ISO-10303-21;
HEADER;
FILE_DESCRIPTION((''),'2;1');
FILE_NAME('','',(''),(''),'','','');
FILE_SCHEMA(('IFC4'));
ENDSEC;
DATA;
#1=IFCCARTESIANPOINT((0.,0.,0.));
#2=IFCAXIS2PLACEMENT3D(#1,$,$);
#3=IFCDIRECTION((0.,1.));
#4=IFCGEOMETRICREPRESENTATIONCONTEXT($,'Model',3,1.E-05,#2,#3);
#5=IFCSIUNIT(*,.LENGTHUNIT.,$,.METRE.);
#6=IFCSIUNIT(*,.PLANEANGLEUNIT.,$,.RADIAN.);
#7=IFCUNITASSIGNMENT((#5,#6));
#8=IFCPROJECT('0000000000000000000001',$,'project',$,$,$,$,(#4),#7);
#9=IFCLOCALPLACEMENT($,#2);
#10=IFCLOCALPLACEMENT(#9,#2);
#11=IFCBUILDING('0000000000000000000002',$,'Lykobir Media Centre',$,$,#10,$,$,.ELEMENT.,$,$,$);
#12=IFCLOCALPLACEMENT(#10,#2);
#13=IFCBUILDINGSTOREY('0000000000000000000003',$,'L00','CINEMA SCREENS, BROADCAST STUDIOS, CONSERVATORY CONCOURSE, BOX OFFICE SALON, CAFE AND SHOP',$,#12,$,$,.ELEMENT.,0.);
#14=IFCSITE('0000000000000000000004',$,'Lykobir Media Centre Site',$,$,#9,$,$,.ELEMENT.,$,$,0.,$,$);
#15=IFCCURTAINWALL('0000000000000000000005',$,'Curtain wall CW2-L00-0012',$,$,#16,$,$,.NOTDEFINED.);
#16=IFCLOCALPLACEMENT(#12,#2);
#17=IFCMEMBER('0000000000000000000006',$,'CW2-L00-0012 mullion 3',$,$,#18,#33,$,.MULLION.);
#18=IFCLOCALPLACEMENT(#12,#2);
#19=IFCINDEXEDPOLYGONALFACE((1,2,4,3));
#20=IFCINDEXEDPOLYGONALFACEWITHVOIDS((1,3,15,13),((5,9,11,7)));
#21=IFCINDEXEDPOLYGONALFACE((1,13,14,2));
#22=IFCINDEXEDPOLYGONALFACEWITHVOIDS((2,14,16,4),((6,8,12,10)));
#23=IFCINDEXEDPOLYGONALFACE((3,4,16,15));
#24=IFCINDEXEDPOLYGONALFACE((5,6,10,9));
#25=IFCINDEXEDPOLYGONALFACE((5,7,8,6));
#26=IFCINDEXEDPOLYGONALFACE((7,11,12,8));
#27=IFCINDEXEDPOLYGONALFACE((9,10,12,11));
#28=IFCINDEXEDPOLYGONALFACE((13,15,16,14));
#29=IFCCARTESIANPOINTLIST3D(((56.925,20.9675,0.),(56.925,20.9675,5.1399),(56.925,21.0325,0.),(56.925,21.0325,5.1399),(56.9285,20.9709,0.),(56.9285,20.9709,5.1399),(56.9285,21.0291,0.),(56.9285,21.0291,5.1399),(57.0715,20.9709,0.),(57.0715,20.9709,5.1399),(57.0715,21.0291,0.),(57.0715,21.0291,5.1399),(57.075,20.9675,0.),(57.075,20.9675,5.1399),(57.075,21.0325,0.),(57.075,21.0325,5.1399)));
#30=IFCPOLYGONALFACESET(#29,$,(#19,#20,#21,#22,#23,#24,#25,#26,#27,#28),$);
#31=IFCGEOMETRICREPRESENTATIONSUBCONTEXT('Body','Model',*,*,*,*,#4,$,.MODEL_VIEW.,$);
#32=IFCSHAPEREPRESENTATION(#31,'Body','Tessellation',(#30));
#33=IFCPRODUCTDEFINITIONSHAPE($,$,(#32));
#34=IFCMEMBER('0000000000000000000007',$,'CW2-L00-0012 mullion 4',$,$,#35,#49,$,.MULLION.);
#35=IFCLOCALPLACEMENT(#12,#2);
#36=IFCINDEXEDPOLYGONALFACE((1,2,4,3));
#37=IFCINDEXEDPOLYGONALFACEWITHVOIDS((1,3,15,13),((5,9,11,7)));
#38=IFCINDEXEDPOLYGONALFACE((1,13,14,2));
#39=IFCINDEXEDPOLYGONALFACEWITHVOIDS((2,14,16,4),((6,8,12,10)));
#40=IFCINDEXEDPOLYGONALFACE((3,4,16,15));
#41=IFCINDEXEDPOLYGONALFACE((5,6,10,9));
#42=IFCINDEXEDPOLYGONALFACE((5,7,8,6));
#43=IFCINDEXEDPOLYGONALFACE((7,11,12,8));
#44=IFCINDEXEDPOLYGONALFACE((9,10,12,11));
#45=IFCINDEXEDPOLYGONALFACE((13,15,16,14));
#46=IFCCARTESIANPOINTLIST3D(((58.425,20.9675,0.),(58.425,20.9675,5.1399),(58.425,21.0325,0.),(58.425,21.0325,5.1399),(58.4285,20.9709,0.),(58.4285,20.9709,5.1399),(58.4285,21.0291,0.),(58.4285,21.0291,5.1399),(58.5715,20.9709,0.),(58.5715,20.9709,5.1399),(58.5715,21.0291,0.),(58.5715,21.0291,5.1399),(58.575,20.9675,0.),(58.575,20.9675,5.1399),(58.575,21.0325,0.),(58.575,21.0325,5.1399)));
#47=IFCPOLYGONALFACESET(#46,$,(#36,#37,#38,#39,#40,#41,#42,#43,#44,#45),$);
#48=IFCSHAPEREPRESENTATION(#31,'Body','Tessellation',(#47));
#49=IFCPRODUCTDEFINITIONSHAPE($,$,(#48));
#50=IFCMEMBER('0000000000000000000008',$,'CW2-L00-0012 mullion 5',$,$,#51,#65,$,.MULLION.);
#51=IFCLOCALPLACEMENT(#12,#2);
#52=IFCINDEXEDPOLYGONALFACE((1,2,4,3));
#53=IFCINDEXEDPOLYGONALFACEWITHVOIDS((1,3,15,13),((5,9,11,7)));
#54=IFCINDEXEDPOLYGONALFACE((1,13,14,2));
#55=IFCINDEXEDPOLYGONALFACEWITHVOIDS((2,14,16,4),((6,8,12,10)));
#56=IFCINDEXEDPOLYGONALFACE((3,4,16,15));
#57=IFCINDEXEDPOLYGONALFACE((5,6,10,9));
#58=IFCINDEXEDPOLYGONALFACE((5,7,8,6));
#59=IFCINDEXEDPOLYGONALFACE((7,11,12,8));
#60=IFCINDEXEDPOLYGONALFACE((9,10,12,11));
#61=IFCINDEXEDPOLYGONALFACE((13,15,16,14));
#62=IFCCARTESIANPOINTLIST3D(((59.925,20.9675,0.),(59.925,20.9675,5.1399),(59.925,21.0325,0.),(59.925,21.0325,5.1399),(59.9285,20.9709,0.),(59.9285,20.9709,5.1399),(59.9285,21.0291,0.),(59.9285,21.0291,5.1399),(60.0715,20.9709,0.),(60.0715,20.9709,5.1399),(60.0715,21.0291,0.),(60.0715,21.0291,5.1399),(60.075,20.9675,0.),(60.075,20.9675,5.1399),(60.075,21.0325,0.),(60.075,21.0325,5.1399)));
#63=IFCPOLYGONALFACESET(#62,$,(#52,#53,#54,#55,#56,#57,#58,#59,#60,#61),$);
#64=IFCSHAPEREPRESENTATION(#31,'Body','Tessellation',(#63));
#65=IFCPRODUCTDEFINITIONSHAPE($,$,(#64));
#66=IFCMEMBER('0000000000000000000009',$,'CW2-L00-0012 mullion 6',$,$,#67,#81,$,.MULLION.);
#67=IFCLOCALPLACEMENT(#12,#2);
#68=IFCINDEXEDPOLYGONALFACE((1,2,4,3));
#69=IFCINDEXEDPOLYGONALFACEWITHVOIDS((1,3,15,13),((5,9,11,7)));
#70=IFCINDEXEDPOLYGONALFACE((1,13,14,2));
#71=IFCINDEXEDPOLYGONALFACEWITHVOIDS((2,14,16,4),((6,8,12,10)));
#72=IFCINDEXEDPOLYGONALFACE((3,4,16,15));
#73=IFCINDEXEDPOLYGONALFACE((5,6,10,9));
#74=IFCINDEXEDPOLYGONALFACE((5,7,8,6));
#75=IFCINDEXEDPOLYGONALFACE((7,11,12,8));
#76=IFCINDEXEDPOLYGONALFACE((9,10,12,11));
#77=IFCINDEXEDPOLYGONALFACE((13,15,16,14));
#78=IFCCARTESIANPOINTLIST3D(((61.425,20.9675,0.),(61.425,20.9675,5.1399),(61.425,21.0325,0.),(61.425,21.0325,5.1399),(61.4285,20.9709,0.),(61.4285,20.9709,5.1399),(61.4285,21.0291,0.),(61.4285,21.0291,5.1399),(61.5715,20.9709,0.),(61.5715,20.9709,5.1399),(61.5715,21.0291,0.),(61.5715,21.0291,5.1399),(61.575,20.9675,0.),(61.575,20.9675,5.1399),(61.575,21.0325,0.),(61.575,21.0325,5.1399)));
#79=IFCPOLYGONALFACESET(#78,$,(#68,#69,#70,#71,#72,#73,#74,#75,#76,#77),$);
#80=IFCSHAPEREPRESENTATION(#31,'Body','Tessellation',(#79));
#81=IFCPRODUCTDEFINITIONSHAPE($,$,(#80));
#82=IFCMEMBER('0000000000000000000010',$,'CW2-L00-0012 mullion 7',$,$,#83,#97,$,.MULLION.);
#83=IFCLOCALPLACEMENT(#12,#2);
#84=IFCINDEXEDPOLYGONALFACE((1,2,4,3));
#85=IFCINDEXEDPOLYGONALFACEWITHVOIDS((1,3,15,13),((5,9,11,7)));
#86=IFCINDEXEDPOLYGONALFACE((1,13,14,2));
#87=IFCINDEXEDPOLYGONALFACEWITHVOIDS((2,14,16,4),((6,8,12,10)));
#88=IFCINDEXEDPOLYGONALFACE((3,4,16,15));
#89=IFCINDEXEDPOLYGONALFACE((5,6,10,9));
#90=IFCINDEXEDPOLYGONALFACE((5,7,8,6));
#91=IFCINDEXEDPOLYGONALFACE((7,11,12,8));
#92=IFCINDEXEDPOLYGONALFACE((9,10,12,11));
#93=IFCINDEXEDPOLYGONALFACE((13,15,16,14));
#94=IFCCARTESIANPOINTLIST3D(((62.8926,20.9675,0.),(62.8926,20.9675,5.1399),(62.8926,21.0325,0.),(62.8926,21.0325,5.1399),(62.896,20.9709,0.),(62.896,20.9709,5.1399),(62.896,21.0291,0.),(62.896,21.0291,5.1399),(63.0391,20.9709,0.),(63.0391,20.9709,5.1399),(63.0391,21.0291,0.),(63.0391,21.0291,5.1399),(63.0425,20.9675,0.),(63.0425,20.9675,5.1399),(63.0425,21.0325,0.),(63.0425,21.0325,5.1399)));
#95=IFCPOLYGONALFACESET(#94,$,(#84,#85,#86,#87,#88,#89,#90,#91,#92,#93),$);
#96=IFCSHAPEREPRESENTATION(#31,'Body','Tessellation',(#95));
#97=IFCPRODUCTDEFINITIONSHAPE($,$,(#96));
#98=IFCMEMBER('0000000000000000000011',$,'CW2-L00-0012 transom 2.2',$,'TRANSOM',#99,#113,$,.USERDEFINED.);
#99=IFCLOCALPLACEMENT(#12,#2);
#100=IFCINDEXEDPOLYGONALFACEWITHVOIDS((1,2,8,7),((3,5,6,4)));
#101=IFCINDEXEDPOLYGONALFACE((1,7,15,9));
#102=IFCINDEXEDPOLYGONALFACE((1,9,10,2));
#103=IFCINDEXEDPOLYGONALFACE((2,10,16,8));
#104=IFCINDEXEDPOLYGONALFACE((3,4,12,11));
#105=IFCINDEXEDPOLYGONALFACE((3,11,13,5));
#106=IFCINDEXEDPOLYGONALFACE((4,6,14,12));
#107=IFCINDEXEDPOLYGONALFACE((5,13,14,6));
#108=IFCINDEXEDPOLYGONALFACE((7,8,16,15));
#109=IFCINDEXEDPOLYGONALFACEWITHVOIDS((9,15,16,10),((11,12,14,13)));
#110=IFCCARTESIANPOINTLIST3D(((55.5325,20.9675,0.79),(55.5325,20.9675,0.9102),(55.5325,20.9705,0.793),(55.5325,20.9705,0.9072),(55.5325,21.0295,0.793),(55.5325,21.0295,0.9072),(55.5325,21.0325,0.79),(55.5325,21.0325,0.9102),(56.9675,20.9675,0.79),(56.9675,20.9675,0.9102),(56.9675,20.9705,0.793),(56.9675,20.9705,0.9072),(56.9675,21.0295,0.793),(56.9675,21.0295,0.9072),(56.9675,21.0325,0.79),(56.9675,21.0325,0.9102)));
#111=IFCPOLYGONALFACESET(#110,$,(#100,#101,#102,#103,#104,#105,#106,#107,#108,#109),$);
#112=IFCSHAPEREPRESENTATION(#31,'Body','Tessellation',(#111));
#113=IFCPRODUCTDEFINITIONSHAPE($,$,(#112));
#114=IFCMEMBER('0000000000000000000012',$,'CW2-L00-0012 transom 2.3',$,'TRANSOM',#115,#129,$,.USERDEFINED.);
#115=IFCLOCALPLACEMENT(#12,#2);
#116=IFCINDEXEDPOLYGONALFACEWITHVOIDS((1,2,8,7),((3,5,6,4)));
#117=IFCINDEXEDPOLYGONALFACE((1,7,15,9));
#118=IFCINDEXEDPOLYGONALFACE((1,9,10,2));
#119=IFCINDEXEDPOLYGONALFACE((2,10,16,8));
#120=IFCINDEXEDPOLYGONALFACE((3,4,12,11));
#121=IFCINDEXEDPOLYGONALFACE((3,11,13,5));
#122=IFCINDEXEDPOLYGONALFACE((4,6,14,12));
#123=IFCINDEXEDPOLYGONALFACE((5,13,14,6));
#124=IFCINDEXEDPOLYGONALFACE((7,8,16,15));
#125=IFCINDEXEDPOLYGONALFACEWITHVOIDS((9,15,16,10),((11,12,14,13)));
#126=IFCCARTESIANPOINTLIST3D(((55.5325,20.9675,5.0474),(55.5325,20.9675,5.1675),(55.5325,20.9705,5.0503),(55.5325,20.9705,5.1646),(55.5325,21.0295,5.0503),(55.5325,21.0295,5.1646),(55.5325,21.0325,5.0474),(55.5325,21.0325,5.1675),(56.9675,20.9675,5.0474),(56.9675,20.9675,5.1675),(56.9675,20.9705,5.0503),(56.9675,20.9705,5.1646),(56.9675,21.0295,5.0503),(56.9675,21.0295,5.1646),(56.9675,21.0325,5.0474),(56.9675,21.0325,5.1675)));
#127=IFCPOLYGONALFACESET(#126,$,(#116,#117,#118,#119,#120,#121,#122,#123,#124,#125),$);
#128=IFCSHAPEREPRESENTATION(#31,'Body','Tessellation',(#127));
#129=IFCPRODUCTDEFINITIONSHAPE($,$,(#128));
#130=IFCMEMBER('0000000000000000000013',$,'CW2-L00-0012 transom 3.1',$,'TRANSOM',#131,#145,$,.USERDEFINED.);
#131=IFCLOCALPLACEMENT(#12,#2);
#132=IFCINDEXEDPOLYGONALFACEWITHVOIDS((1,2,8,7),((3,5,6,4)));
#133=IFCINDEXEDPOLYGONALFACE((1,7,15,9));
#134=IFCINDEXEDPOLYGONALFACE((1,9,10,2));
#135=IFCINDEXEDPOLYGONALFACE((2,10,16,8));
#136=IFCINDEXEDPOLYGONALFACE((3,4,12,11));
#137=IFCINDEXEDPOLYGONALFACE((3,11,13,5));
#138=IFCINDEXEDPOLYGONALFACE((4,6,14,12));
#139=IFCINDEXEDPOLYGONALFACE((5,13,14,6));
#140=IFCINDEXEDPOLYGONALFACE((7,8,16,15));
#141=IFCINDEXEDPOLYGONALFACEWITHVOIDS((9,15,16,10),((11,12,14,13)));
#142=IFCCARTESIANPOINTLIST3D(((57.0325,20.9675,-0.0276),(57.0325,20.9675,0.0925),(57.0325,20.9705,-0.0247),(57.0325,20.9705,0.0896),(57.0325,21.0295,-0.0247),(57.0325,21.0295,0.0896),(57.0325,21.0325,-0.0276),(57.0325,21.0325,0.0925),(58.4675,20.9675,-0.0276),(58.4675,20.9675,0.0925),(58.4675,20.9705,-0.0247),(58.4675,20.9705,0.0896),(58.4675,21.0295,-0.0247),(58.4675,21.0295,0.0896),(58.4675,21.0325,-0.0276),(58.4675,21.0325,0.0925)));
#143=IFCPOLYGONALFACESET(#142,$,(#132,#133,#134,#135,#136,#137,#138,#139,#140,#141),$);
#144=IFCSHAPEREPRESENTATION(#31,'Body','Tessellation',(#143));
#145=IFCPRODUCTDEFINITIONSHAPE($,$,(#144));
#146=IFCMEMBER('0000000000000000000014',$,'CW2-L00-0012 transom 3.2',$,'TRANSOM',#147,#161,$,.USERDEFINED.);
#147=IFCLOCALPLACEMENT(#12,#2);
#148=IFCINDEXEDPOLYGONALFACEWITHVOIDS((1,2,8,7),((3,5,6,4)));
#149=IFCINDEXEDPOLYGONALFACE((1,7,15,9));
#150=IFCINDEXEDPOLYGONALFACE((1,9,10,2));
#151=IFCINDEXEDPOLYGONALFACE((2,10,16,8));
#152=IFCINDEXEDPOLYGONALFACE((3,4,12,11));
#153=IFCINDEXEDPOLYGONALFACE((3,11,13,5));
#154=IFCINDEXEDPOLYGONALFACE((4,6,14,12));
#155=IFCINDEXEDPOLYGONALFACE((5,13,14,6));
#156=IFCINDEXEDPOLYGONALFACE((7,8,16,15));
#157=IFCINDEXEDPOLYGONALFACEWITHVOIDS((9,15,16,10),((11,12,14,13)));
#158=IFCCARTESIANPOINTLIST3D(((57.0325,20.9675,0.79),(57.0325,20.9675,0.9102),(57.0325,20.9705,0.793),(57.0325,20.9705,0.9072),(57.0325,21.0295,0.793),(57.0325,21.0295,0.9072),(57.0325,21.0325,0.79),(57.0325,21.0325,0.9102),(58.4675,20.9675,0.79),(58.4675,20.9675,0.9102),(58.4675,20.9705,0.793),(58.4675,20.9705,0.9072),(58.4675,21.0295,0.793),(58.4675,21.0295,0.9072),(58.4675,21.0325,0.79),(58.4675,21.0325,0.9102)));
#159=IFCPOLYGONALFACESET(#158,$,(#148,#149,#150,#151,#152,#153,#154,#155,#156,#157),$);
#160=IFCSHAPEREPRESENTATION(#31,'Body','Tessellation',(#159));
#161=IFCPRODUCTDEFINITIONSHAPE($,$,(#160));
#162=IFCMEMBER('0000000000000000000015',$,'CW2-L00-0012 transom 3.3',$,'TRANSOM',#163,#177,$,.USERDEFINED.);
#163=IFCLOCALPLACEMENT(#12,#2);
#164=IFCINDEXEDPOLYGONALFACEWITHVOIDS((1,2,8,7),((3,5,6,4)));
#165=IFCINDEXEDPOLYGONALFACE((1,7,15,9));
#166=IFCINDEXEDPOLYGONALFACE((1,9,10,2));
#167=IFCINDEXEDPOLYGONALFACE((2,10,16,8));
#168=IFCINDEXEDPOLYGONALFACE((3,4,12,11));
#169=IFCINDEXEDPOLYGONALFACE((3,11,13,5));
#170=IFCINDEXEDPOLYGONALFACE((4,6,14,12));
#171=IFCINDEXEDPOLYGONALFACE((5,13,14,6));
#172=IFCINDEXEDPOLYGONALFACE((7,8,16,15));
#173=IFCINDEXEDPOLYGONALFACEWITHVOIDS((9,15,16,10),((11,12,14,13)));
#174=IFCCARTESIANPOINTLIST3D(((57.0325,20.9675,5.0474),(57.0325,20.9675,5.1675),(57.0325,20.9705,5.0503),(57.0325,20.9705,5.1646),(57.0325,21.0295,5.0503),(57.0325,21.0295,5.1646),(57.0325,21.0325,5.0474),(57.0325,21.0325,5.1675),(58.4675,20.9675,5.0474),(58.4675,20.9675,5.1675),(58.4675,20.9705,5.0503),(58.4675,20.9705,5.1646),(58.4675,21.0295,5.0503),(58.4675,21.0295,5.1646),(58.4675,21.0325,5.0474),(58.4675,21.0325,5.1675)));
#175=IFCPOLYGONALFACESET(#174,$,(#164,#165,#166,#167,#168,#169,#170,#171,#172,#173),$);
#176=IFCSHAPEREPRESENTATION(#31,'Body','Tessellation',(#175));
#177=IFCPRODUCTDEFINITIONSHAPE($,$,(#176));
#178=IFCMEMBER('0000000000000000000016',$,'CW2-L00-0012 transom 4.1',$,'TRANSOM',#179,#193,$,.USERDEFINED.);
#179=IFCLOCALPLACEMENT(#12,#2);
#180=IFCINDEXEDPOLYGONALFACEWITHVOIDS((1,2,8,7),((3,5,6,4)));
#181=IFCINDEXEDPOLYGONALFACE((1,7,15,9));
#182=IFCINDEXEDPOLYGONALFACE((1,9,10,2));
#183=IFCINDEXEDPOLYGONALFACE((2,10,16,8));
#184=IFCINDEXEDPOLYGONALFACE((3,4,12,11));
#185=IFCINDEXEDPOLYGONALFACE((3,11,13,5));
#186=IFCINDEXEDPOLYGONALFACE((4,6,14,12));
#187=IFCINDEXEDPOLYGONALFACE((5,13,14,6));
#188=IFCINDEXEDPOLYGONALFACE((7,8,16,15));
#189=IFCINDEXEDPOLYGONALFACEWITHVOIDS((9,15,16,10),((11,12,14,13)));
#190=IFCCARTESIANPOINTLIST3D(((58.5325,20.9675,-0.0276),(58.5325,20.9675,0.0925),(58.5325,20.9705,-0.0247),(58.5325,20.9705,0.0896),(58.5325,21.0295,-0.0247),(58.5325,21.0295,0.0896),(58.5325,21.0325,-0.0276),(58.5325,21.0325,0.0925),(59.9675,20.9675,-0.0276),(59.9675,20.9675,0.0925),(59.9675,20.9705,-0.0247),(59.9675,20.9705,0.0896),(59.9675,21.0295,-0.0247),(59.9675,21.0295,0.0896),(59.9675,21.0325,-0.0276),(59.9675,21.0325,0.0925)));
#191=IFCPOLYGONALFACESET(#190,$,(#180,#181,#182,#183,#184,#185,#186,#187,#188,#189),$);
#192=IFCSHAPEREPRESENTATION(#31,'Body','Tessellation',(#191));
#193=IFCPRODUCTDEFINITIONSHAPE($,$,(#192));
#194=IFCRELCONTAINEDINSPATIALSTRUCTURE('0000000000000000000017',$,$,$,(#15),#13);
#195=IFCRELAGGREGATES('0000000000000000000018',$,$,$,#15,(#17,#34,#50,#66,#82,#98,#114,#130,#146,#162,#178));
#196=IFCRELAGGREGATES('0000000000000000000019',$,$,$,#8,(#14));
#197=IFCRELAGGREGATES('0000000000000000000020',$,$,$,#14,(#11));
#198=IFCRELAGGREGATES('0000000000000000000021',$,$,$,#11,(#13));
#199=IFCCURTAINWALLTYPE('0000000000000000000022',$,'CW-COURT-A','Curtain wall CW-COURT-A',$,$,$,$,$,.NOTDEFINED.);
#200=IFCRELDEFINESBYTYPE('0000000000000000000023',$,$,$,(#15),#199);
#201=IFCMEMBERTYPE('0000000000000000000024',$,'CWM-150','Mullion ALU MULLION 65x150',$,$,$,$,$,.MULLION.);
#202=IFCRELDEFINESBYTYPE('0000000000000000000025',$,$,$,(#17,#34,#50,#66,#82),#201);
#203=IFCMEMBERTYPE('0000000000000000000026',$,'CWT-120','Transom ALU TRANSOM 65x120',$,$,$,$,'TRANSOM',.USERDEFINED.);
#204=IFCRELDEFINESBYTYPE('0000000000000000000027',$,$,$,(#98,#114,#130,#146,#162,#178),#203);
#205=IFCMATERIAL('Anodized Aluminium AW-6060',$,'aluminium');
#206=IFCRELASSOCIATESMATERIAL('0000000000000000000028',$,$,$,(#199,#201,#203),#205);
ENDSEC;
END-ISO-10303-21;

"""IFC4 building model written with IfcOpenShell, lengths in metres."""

from ifc_helpers import new_model, si_unit, direction, frame, origin, origin_2d, place, context, subcontext, project, spatial, hollow_rectangle, extrude, material, material_profile, profile_set, type_object, element, aggregate, save


model = new_model("IFC4")

# Units and contexts
model_context = context("Model", 3, precision=1e-05, world=origin(), true_north=direction((0.0, 1.0)))
body_context = subcontext(model_context, "Body", "Model", "MODEL_VIEW")
ifc_project = project(units=[si_unit("LENGTHUNIT", "METRE"), si_unit("PLANEANGLEUNIT", "RADIAN")], contexts=[model_context])

# Site, building, storey
site_placement = place(None, origin())
site = spatial("IfcSite", under=ifc_project, at=site_placement, Name="Lykobir Media Centre Site", CompositionType="ELEMENT", RefElevation=0.0)
building_placement = place(site_placement, origin())
building = spatial("IfcBuilding", under=site, at=building_placement, Name="Lykobir Media Centre", CompositionType="ELEMENT")
storey_placement = place(building_placement, origin())
storey = spatial("IfcBuildingStorey", under=building, at=storey_placement, Name="L00", Description="CINEMA SCREENS, BROADCAST STUDIOS, CONSERVATORY CONCOURSE, BOX OFFICE SALON, CAFE AND SHOP", CompositionType="ELEMENT", Elevation=0.0)

# Curtain wall, members
ifc_material_1 = material(Name="Anodized Aluminium AW-6060", Category="aluminium")
curtain_wall_type = type_object("IfcCurtainWallType", Name="CW-COURT-A", Description="Curtain wall CW-COURT-A", PredefinedType="NOTDEFINED", material=ifc_material_1)
curtain_wall_placement = place(storey_placement, origin())
curtain_wall = element("IfcCurtainWall", 1, at=curtain_wall_placement, inside=storey, type_object=curtain_wall_type, Name="Curtain wall CW2-L00-0012", PredefinedType="NOTDEFINED")
ifc_material_profile_1 = material_profile(ifc_material_1, hollow_rectangle(XDim=0.0649, YDim=0.1499, WallThickness=0.0034, at=origin_2d()), Name="ALU MULLION 65x150")
ifc_profile_set_1 = profile_set([ifc_material_profile_1], Name="Anodized Aluminium AW-6060")
member_type_1 = type_object("IfcMemberType", Name="CWM-150", Description="Mullion ALU MULLION 65x150", PredefinedType="MULLION", material=ifc_profile_set_1)
member_1_placement = place(storey_placement, frame((57.0, 21.0, 0.0), z_axis=(0.0, 0.0, 1.0), x_axis=(0.0, 1.0, 0.0)))
member_1 = element("IfcMember", 2, at=member_1_placement, type_object=member_type_1, Name="CW2-L00-0012 mullion 3", PredefinedType="MULLION", context=body_context, shape_type="SweptSolid", body=[
    extrude(hollow_rectangle(XDim=0.0649, YDim=0.1499, WallThickness=0.0034, at=origin_2d()), origin(), (0.0, 0.0, 1.0), 5.1399),
])
member_2_placement = place(storey_placement, frame((58.5, 21.0, 0.0), z_axis=(0.0, 0.0, 1.0), x_axis=(0.0, 1.0, 0.0)))
member_2 = element("IfcMember", 3, at=member_2_placement, type_object=member_type_1, Name="CW2-L00-0012 mullion 4", PredefinedType="MULLION", context=body_context, shape_type="SweptSolid", body=[
    extrude(hollow_rectangle(XDim=0.0649, YDim=0.1499, WallThickness=0.0034, at=origin_2d()), origin(), (0.0, 0.0, 1.0), 5.1399),
])
member_3_placement = place(storey_placement, frame((60.0, 21.0, 0.0), z_axis=(0.0, 0.0, 1.0), x_axis=(0.0, 1.0, 0.0)))
member_3 = element("IfcMember", 4, at=member_3_placement, type_object=member_type_1, Name="CW2-L00-0012 mullion 5", PredefinedType="MULLION", context=body_context, shape_type="SweptSolid", body=[
    extrude(hollow_rectangle(XDim=0.0649, YDim=0.1499, WallThickness=0.0034, at=origin_2d()), origin(), (0.0, 0.0, 1.0), 5.1399),
])
member_4_placement = place(storey_placement, frame((61.5, 21.0, 0.0), z_axis=(0.0, 0.0, 1.0), x_axis=(0.0, 1.0, 0.0)))
member_4 = element("IfcMember", 5, at=member_4_placement, type_object=member_type_1, Name="CW2-L00-0012 mullion 6", PredefinedType="MULLION", context=body_context, shape_type="SweptSolid", body=[
    extrude(hollow_rectangle(XDim=0.0649, YDim=0.1499, WallThickness=0.0034, at=origin_2d()), origin(), (0.0, 0.0, 1.0), 5.1399),
])
member_5_placement = place(storey_placement, frame((62.9675, 21.0, 0.0), z_axis=(0.0, 0.0, 1.0), x_axis=(0.0, 1.0, 0.0)))
member_5 = element("IfcMember", 6, at=member_5_placement, type_object=member_type_1, Name="CW2-L00-0012 mullion 7", PredefinedType="MULLION", context=body_context, shape_type="SweptSolid", body=[
    extrude(hollow_rectangle(XDim=0.0649, YDim=0.1499, WallThickness=0.0034, at=origin_2d()), origin(), (0.0, 0.0, 1.0), 5.1399),
])
ifc_material_profile_2 = material_profile(ifc_material_1, hollow_rectangle(XDim=0.0649, YDim=0.1201, WallThickness=0.0029, at=origin_2d()), Name="ALU TRANSOM 65x120")
ifc_profile_set_2 = profile_set([ifc_material_profile_2], Name="Anodized Aluminium AW-6060")
member_type_2 = type_object("IfcMemberType", Name="CWT-120", Description="Transom ALU TRANSOM 65x120", ElementType="TRANSOM", PredefinedType="USERDEFINED", material=ifc_profile_set_2)
member_6_placement = place(storey_placement, frame((55.5325, 21.0, 0.8501), z_axis=(1.0, 0.0, 0.0), x_axis=(0.0, 1.0, 0.0)))
member_6 = element("IfcMember", 7, at=member_6_placement, type_object=member_type_2, Name="CW2-L00-0012 transom 2.2", ObjectType="TRANSOM", PredefinedType="USERDEFINED", context=body_context, shape_type="SweptSolid", body=[
    extrude(hollow_rectangle(XDim=0.0649, YDim=0.1201, WallThickness=0.0029, at=origin_2d()), origin(), (0.0, 0.0, 1.0), 1.4351),
])
member_7_placement = place(storey_placement, frame((55.5325, 21.0, 5.1074), z_axis=(1.0, 0.0, 0.0), x_axis=(0.0, 1.0, 0.0)))
member_7 = element("IfcMember", 8, at=member_7_placement, type_object=member_type_2, Name="CW2-L00-0012 transom 2.3", ObjectType="TRANSOM", PredefinedType="USERDEFINED", context=body_context, shape_type="SweptSolid", body=[
    extrude(hollow_rectangle(XDim=0.0649, YDim=0.1201, WallThickness=0.0029, at=origin_2d()), origin(), (0.0, 0.0, 1.0), 1.4351),
])
member_8_placement = place(storey_placement, frame((57.0325, 21.0, 0.0325), z_axis=(1.0, 0.0, 0.0), x_axis=(0.0, 1.0, 0.0)))
member_8 = element("IfcMember", 9, at=member_8_placement, type_object=member_type_2, Name="CW2-L00-0012 transom 3.1", ObjectType="TRANSOM", PredefinedType="USERDEFINED", context=body_context, shape_type="SweptSolid", body=[
    extrude(hollow_rectangle(XDim=0.0649, YDim=0.1201, WallThickness=0.0029, at=origin_2d()), origin(), (0.0, 0.0, 1.0), 1.4351),
])
member_9_placement = place(storey_placement, frame((57.0325, 21.0, 0.8501), z_axis=(1.0, 0.0, 0.0), x_axis=(0.0, 1.0, 0.0)))
member_9 = element("IfcMember", 10, at=member_9_placement, type_object=member_type_2, Name="CW2-L00-0012 transom 3.2", ObjectType="TRANSOM", PredefinedType="USERDEFINED", context=body_context, shape_type="SweptSolid", body=[
    extrude(hollow_rectangle(XDim=0.0649, YDim=0.1201, WallThickness=0.0029, at=origin_2d()), origin(), (0.0, 0.0, 1.0), 1.4351),
])
member_10_placement = place(storey_placement, frame((57.0325, 21.0, 5.1074), z_axis=(1.0, 0.0, 0.0), x_axis=(0.0, 1.0, 0.0)))
member_10 = element("IfcMember", 11, at=member_10_placement, type_object=member_type_2, Name="CW2-L00-0012 transom 3.3", ObjectType="TRANSOM", PredefinedType="USERDEFINED", context=body_context, shape_type="SweptSolid", body=[
    extrude(hollow_rectangle(XDim=0.0649, YDim=0.1201, WallThickness=0.0029, at=origin_2d()), origin(), (0.0, 0.0, 1.0), 1.4351),
])
member_11_placement = place(storey_placement, frame((58.5325, 21.0, 0.0325), z_axis=(1.0, 0.0, 0.0), x_axis=(0.0, 1.0, 0.0)))
member_11 = element("IfcMember", 12, at=member_11_placement, type_object=member_type_2, Name="CW2-L00-0012 transom 4.1", ObjectType="TRANSOM", PredefinedType="USERDEFINED", context=body_context, shape_type="SweptSolid", body=[
    extrude(hollow_rectangle(XDim=0.0649, YDim=0.1201, WallThickness=0.0029, at=origin_2d()), origin(), (0.0, 0.0, 1.0), 1.4351),
])
aggregate(curtain_wall, [member_1, member_2, member_3, member_4, member_5, member_6, member_7, member_8, member_9, member_10, member_11])

save(model, "model.ifc")
